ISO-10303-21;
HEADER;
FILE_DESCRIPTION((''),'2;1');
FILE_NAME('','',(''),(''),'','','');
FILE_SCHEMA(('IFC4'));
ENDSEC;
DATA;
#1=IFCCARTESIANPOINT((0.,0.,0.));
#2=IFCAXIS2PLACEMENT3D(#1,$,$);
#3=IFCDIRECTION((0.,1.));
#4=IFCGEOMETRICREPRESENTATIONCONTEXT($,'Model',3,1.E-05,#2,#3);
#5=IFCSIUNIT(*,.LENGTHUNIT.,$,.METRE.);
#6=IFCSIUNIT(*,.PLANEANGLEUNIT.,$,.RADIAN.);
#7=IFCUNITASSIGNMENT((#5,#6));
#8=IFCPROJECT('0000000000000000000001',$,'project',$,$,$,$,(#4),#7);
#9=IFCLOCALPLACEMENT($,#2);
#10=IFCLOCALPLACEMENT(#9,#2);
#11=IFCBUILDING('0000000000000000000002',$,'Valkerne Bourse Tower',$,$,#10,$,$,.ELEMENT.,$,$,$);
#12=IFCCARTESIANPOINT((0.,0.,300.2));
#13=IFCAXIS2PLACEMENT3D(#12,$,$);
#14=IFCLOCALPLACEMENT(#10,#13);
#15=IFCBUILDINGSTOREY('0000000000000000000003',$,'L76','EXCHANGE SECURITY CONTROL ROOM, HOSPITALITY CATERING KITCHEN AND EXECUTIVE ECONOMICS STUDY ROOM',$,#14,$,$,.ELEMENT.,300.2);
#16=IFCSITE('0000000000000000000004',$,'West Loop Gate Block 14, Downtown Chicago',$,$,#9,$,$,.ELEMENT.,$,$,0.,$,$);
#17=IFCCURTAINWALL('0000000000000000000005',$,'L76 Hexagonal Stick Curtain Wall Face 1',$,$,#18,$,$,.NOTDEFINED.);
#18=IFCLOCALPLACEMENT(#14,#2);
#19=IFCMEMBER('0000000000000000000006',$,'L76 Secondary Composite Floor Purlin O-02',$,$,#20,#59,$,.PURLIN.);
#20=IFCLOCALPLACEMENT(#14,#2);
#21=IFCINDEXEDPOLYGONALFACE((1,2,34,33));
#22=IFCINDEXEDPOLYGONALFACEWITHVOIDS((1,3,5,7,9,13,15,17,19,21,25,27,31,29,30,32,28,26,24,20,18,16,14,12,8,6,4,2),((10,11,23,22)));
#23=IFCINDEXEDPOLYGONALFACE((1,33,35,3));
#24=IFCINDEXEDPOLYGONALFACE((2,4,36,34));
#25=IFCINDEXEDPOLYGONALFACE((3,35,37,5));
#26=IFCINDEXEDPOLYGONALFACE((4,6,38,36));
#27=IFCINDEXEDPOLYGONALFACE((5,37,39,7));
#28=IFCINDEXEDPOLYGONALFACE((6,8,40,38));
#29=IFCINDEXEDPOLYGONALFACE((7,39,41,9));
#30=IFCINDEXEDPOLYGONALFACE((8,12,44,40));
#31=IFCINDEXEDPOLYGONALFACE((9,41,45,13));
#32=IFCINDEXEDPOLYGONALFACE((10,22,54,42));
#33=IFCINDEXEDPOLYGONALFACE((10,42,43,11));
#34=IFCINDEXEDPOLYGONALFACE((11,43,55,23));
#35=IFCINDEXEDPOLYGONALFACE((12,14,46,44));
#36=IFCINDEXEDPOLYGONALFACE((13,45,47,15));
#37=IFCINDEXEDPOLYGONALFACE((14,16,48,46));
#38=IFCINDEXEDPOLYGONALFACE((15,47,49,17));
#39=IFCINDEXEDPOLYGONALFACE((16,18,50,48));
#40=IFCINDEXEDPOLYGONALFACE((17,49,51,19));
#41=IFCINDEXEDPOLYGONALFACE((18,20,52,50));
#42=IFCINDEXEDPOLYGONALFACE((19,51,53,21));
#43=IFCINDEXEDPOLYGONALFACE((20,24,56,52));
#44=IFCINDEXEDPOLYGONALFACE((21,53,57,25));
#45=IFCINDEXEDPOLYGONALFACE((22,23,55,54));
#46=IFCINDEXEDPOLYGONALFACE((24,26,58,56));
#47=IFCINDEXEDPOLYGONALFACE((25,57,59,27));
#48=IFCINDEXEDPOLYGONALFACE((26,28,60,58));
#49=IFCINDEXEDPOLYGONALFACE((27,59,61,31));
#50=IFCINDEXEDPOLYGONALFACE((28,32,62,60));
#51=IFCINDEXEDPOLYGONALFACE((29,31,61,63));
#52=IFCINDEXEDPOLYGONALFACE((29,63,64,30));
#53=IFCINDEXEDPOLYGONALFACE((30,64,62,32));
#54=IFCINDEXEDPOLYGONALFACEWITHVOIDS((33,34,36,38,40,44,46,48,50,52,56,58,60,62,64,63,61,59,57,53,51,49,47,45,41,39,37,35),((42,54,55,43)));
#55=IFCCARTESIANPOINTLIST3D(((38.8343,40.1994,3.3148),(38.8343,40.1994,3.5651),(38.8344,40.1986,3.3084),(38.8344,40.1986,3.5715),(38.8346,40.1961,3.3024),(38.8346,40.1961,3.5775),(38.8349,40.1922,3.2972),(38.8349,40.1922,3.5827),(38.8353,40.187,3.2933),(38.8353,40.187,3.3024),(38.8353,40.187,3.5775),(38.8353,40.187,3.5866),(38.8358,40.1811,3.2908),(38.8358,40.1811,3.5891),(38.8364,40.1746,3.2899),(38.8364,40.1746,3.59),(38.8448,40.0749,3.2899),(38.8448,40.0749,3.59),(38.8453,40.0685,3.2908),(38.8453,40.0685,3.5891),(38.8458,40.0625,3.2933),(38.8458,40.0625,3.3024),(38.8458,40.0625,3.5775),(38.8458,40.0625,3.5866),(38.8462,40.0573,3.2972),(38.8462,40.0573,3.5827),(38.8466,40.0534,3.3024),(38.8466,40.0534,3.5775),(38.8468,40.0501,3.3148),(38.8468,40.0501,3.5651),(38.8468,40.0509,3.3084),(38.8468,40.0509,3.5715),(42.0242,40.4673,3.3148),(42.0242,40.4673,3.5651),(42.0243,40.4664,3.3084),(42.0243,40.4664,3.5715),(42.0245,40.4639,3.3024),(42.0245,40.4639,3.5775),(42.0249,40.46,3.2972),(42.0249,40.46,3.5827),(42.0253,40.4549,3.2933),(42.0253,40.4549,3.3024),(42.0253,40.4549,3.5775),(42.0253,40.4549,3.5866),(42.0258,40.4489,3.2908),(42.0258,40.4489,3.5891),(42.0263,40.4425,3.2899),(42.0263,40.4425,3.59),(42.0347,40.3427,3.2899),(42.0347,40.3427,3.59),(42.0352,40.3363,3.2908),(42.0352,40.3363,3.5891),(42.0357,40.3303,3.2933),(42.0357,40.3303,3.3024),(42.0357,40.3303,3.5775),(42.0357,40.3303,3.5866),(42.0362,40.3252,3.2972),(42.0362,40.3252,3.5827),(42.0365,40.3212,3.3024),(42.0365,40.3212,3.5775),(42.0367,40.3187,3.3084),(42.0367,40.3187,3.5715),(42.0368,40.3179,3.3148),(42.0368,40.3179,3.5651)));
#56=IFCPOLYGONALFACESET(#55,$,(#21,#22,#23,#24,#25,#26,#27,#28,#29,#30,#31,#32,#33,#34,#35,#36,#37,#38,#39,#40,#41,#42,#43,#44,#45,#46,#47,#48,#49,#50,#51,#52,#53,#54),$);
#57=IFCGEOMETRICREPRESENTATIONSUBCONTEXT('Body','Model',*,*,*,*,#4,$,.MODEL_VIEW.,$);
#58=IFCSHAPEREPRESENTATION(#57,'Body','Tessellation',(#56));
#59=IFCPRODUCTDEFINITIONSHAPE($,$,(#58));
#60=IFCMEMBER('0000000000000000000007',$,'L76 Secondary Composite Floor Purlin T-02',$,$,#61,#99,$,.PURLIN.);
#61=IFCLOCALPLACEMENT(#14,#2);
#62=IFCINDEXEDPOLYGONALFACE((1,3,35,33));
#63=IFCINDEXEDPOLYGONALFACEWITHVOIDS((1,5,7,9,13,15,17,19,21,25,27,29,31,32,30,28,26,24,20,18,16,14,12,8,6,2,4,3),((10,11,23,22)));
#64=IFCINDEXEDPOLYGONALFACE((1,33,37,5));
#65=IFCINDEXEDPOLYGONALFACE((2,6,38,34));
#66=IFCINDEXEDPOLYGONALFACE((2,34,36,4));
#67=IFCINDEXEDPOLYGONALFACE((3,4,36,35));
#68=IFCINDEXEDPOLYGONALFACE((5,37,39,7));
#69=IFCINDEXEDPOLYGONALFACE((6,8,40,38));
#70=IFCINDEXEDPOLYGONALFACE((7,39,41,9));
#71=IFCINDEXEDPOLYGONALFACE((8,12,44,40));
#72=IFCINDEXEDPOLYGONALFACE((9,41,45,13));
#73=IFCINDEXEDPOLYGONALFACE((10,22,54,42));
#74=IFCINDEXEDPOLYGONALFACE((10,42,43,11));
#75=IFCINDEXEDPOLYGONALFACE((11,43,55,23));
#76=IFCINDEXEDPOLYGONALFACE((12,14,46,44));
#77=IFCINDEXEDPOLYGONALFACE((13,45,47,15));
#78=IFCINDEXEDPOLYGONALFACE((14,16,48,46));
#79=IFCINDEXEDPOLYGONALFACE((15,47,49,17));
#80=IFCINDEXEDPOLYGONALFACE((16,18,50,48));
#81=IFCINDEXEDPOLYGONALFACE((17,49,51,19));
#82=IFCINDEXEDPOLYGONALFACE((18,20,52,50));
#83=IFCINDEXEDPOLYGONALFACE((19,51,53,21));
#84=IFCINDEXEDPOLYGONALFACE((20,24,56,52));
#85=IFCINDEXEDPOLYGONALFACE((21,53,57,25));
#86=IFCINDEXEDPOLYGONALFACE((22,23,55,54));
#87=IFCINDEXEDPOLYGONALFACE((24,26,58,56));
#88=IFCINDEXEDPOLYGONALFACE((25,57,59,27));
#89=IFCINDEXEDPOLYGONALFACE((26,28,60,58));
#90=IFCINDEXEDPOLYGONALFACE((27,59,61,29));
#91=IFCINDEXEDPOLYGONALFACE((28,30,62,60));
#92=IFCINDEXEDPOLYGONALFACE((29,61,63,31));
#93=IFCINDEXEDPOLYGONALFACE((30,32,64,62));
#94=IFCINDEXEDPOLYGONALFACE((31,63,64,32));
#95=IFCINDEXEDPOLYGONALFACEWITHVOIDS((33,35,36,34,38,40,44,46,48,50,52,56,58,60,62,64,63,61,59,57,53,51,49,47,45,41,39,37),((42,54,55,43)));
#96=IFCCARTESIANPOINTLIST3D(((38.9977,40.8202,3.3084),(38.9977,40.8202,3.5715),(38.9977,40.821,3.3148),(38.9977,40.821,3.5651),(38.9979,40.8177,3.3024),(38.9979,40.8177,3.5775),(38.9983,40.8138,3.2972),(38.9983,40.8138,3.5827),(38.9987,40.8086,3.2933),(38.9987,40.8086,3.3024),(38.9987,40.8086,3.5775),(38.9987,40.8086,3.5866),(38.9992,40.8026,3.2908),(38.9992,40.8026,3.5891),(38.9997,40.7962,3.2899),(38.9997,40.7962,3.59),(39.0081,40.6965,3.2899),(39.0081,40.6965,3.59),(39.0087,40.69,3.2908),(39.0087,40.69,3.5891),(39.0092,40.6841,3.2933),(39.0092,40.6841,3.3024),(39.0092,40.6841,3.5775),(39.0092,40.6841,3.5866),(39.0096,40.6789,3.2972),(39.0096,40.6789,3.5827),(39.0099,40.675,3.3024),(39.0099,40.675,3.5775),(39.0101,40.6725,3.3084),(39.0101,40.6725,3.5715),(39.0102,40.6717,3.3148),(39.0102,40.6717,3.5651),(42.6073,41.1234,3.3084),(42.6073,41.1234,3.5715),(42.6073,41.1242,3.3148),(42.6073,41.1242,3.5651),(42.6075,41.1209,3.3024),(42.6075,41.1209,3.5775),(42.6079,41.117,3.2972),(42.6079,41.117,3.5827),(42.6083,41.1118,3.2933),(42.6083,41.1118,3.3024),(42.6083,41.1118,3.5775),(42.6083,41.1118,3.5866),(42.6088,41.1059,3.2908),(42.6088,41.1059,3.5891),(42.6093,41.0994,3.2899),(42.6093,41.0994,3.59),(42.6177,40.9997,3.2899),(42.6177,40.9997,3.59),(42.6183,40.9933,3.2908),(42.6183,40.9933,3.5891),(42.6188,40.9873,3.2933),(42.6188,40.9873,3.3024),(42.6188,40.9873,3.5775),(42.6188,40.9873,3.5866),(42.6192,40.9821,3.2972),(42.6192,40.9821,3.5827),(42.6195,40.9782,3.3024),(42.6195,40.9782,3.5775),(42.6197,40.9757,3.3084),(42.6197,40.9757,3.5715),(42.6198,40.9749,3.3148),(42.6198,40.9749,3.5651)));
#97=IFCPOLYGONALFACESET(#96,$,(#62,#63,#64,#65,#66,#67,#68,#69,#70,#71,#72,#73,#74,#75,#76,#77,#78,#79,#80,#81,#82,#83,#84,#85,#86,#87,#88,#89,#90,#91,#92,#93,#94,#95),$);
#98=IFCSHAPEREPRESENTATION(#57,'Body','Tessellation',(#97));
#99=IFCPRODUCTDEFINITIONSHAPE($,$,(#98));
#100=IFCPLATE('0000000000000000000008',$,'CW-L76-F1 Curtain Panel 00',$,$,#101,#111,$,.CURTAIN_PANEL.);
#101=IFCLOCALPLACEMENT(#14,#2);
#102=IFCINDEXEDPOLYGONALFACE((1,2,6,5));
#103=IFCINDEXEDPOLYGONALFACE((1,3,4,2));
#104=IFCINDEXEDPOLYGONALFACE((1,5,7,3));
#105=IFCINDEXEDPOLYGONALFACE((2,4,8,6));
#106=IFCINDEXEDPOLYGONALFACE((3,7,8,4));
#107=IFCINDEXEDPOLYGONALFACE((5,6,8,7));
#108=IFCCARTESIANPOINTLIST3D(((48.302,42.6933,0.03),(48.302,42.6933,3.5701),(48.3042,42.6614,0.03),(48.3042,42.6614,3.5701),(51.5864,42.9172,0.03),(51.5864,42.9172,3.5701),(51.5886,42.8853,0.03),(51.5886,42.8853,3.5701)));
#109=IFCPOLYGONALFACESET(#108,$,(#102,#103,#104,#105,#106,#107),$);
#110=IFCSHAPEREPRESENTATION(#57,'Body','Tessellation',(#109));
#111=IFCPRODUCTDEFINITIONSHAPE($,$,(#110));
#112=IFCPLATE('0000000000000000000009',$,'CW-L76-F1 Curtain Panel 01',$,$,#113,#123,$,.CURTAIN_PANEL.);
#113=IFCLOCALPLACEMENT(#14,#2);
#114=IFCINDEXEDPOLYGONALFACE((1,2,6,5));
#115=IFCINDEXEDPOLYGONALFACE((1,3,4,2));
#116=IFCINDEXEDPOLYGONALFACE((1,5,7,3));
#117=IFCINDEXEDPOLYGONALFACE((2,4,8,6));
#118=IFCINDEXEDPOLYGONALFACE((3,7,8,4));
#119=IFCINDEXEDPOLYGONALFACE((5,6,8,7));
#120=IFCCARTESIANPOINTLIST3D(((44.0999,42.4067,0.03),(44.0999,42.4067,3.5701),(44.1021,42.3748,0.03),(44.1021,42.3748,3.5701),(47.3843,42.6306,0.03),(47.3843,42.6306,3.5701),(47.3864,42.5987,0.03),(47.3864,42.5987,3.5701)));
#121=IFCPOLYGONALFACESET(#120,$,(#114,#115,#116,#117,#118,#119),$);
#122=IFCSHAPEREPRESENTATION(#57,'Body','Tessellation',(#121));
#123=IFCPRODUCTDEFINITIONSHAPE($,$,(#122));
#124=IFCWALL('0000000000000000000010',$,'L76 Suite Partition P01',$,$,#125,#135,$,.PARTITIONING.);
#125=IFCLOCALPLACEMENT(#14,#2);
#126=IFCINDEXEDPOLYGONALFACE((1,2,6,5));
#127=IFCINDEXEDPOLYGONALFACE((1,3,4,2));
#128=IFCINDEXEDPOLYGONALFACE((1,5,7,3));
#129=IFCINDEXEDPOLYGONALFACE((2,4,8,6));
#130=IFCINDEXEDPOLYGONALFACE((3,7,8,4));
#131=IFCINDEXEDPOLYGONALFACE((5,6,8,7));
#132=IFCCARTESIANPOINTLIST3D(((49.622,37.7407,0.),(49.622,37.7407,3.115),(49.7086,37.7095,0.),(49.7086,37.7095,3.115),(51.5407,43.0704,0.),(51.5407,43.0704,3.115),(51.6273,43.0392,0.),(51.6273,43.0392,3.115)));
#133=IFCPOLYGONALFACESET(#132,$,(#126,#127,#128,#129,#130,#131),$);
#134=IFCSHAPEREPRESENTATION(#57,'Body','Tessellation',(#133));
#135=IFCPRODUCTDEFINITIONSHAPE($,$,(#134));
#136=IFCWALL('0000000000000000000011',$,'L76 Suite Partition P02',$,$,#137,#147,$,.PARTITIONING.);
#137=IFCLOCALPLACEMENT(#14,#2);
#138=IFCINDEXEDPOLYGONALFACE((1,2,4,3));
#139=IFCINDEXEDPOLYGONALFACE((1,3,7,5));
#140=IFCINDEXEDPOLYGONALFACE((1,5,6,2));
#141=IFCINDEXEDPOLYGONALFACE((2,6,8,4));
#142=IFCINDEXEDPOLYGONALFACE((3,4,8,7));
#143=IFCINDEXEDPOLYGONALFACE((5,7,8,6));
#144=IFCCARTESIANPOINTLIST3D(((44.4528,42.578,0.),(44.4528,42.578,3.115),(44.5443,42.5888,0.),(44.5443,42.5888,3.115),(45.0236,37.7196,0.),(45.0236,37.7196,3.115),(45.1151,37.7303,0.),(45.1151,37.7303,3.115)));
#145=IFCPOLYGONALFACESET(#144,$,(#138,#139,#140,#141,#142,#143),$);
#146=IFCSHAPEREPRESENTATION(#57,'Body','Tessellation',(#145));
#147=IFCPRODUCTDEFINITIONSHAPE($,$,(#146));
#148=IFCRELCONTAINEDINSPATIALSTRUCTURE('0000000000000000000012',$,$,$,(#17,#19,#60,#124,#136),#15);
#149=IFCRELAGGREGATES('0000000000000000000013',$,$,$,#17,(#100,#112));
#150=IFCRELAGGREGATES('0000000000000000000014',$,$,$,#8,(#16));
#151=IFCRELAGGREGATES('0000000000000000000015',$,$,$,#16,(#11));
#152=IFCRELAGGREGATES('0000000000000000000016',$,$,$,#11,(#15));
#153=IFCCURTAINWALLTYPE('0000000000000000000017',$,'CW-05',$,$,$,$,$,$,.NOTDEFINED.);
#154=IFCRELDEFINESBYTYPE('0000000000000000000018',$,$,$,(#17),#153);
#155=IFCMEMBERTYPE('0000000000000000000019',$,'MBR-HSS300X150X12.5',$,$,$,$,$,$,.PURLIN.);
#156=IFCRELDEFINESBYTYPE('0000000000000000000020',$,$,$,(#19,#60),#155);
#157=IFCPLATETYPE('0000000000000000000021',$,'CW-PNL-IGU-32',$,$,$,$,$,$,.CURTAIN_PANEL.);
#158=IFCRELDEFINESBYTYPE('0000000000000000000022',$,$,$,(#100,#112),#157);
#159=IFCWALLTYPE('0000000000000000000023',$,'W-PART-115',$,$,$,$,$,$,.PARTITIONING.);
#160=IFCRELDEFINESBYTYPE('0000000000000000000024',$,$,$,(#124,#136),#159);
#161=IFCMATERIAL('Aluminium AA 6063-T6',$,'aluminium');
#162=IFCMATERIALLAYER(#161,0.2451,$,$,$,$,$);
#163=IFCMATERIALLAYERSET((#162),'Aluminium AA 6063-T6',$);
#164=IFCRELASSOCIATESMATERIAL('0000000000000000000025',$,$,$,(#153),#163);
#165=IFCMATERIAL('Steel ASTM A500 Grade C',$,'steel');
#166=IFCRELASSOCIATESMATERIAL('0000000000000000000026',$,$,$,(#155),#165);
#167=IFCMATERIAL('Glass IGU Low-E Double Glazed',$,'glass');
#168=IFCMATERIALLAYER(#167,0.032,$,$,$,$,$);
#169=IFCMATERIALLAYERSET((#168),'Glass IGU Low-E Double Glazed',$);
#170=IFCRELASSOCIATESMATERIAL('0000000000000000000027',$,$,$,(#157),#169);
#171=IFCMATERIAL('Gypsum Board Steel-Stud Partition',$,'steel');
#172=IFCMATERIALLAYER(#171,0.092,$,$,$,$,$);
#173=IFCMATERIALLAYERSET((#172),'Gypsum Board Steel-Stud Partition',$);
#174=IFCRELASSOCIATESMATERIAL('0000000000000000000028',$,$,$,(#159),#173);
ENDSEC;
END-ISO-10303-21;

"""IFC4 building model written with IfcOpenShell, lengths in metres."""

from ifc_helpers import new_model, si_unit, direction, frame, frame_2d, origin, origin_2d, place, context, subcontext, project, spatial, rectangle, hollow_rectangle, extrude, material, layer, layer_set, material_profile, profile_set, type_object, element, aggregate, save


model = new_model("IFC4")

# Units and contexts
model_context = context("Model", 3, precision=1e-05, world=origin(), true_north=direction((0.0, 1.0)))
body_context = subcontext(model_context, "Body", "Model", "MODEL_VIEW")
ifc_project = project(units=[si_unit("LENGTHUNIT", "METRE"), si_unit("PLANEANGLEUNIT", "RADIAN")], contexts=[model_context])

# Site, building, storey
site_placement = place(None, origin())
site = spatial("IfcSite", under=ifc_project, at=site_placement, Name="West Loop Gate Block 14, Downtown Chicago", CompositionType="ELEMENT", RefElevation=0.0)
building_placement = place(site_placement, origin())
building = spatial("IfcBuilding", under=site, at=building_placement, Name="Valkerne Bourse Tower", CompositionType="ELEMENT")
storey_placement = place(building_placement, frame((0.0, 0.0, 300.2)))
storey = spatial("IfcBuildingStorey", under=building, at=storey_placement, Name="L76", Description="EXCHANGE SECURITY CONTROL ROOM, HOSPITALITY CATERING KITCHEN AND EXECUTIVE ECONOMICS STUDY ROOM", CompositionType="ELEMENT", Elevation=300.2)

# Curtain wall
ifc_material_1 = material(Name="Aluminium AA 6063-T6", Category="aluminium")
ifc_layer_1 = layer(ifc_material_1, 0.2451)
ifc_layer_set_1 = layer_set([ifc_layer_1], Name="Aluminium AA 6063-T6")
curtain_wall_type = type_object("IfcCurtainWallType", Name="CW-05", PredefinedType="NOTDEFINED", material=ifc_layer_set_1)
curtain_wall_placement = place(storey_placement, origin())
curtain_wall = element("IfcCurtainWall", 1, at=curtain_wall_placement, inside=storey, type_object=curtain_wall_type, Name="L76 Hexagonal Stick Curtain Wall Face 1", PredefinedType="NOTDEFINED")

# Members
ifc_material_2 = material(Name="Steel ASTM A500 Grade C", Category="steel")
ifc_material_profile_1 = material_profile(ifc_material_2, hollow_rectangle(XDim=0.1499, YDim=0.3, WallThickness=0.0125, OuterFilletRadius=0.0249, at=origin_2d()), Name="HSS300X150X12.5")
ifc_profile_set_1 = profile_set([ifc_material_profile_1], Name="Steel ASTM A500 Grade C")
member_type_1 = type_object("IfcMemberType", Name="MBR-HSS300X150X12.5", PredefinedType="PURLIN", material=ifc_profile_set_1)
member_1_placement = place(storey_placement, frame((42.0305, 40.3926, 3.4399), z_axis=(-0.996494, -0.083664, 0.0), x_axis=(0.083664, -0.996494, 0.0)))
element("IfcMember", 2, at=member_1_placement, inside=storey, type_object=member_type_1, Name="L76 Secondary Composite Floor Purlin O-02", PredefinedType="PURLIN", context=body_context, shape_type="SweptSolid", body=[
    extrude(hollow_rectangle(XDim=0.1499, YDim=0.3, WallThickness=0.0125, OuterFilletRadius=0.0249, at=origin_2d()), origin(), (0.0, 0.0, 1.0), 3.2012),
])
member_2_placement = place(storey_placement, frame((42.6135, 41.0496, 3.4399), z_axis=(-0.99649, -0.083709, 0.0), x_axis=(0.083709, -0.99649, 0.0)))
element("IfcMember", 3, at=member_2_placement, inside=storey, type_object=member_type_1, Name="L76 Secondary Composite Floor Purlin T-02", PredefinedType="PURLIN", context=body_context, shape_type="SweptSolid", body=[
    extrude(hollow_rectangle(XDim=0.1499, YDim=0.3, WallThickness=0.0125, OuterFilletRadius=0.0249, at=origin_2d()), origin(), (0.0, 0.0, 1.0), 3.6223),
])

# Plates
ifc_material_3 = material(Name="Glass IGU Low-E Double Glazed", Category="glass")
ifc_layer_2 = layer(ifc_material_3, 0.032)
ifc_layer_set_2 = layer_set([ifc_layer_2], Name="Glass IGU Low-E Double Glazed")
plate_type = type_object("IfcPlateType", Name="CW-PNL-IGU-32", PredefinedType="CURTAIN_PANEL", material=ifc_layer_set_2)
plate_1_placement = place(storey_placement, frame((49.9453, 42.7893, 0.03), z_axis=(0.0, 0.0, 1.0), x_axis=(-0.997684, -0.068021, 0.0)))
plate_1 = element("IfcPlate", 4, at=plate_1_placement, type_object=plate_type, Name="CW-L76-F1 Curtain Panel 00", PredefinedType="CURTAIN_PANEL", context=body_context, shape_type="SweptSolid", body=[
    extrude(rectangle(XDim=3.292, YDim=0.032, at=origin_2d()), origin(), (0.0, 0.0, 1.0), 3.54),
])
plate_2_placement = place(storey_placement, frame((45.7432, 42.5027, 0.03), z_axis=(0.0, 0.0, 1.0), x_axis=(-0.997684, -0.068019, 0.0)))
plate_2 = element("IfcPlate", 5, at=plate_2_placement, type_object=plate_type, Name="CW-L76-F1 Curtain Panel 01", PredefinedType="CURTAIN_PANEL", context=body_context, shape_type="SweptSolid", body=[
    extrude(rectangle(XDim=3.292, YDim=0.032, at=origin_2d()), origin(), (0.0, 0.0, 1.0), 3.54),
])
aggregate(curtain_wall, [plate_1, plate_2])

# Walls
ifc_material_4 = material(Name="Gypsum Board Steel-Stud Partition", Category="steel")
ifc_layer_3 = layer(ifc_material_4, 0.092)
ifc_layer_set_3 = layer_set([ifc_layer_3], Name="Gypsum Board Steel-Stud Partition")
wall_type = type_object("IfcWallType", Name="W-PART-115", PredefinedType="PARTITIONING", material=ifc_layer_set_3)
wall_1_placement = place(storey_placement, frame((49.6653, 37.7251, 0.0), z_axis=(0.0, 0.0, 1.0), x_axis=(0.338727, 0.940885, 0.0)))
element("IfcWall", 6, at=wall_1_placement, inside=storey, type_object=wall_type, Name="L76 Suite Partition P01", PredefinedType="PARTITIONING", context=body_context, shape_type="SweptSolid", body=[
    extrude(rectangle(XDim=5.6646, YDim=0.092, at=frame_2d((2.8323, 0.0))), origin(), (0.0, 0.0, 1.0), 3.115),
])
wall_2_placement = place(storey_placement, frame((45.0693, 37.7251, 0.0), z_axis=(0.0, 0.0, 1.0), x_axis=(-0.116685, 0.993169, 0.0)))
element("IfcWall", 7, at=wall_2_placement, inside=storey, type_object=wall_type, Name="L76 Suite Partition P02", PredefinedType="PARTITIONING", context=body_context, shape_type="SweptSolid", body=[
    extrude(rectangle(XDim=4.8918, YDim=0.092, at=frame_2d((2.4458, 0.0))), origin(), (0.0, 0.0, 1.0), 3.115),
])

save(model, "model.ifc")
